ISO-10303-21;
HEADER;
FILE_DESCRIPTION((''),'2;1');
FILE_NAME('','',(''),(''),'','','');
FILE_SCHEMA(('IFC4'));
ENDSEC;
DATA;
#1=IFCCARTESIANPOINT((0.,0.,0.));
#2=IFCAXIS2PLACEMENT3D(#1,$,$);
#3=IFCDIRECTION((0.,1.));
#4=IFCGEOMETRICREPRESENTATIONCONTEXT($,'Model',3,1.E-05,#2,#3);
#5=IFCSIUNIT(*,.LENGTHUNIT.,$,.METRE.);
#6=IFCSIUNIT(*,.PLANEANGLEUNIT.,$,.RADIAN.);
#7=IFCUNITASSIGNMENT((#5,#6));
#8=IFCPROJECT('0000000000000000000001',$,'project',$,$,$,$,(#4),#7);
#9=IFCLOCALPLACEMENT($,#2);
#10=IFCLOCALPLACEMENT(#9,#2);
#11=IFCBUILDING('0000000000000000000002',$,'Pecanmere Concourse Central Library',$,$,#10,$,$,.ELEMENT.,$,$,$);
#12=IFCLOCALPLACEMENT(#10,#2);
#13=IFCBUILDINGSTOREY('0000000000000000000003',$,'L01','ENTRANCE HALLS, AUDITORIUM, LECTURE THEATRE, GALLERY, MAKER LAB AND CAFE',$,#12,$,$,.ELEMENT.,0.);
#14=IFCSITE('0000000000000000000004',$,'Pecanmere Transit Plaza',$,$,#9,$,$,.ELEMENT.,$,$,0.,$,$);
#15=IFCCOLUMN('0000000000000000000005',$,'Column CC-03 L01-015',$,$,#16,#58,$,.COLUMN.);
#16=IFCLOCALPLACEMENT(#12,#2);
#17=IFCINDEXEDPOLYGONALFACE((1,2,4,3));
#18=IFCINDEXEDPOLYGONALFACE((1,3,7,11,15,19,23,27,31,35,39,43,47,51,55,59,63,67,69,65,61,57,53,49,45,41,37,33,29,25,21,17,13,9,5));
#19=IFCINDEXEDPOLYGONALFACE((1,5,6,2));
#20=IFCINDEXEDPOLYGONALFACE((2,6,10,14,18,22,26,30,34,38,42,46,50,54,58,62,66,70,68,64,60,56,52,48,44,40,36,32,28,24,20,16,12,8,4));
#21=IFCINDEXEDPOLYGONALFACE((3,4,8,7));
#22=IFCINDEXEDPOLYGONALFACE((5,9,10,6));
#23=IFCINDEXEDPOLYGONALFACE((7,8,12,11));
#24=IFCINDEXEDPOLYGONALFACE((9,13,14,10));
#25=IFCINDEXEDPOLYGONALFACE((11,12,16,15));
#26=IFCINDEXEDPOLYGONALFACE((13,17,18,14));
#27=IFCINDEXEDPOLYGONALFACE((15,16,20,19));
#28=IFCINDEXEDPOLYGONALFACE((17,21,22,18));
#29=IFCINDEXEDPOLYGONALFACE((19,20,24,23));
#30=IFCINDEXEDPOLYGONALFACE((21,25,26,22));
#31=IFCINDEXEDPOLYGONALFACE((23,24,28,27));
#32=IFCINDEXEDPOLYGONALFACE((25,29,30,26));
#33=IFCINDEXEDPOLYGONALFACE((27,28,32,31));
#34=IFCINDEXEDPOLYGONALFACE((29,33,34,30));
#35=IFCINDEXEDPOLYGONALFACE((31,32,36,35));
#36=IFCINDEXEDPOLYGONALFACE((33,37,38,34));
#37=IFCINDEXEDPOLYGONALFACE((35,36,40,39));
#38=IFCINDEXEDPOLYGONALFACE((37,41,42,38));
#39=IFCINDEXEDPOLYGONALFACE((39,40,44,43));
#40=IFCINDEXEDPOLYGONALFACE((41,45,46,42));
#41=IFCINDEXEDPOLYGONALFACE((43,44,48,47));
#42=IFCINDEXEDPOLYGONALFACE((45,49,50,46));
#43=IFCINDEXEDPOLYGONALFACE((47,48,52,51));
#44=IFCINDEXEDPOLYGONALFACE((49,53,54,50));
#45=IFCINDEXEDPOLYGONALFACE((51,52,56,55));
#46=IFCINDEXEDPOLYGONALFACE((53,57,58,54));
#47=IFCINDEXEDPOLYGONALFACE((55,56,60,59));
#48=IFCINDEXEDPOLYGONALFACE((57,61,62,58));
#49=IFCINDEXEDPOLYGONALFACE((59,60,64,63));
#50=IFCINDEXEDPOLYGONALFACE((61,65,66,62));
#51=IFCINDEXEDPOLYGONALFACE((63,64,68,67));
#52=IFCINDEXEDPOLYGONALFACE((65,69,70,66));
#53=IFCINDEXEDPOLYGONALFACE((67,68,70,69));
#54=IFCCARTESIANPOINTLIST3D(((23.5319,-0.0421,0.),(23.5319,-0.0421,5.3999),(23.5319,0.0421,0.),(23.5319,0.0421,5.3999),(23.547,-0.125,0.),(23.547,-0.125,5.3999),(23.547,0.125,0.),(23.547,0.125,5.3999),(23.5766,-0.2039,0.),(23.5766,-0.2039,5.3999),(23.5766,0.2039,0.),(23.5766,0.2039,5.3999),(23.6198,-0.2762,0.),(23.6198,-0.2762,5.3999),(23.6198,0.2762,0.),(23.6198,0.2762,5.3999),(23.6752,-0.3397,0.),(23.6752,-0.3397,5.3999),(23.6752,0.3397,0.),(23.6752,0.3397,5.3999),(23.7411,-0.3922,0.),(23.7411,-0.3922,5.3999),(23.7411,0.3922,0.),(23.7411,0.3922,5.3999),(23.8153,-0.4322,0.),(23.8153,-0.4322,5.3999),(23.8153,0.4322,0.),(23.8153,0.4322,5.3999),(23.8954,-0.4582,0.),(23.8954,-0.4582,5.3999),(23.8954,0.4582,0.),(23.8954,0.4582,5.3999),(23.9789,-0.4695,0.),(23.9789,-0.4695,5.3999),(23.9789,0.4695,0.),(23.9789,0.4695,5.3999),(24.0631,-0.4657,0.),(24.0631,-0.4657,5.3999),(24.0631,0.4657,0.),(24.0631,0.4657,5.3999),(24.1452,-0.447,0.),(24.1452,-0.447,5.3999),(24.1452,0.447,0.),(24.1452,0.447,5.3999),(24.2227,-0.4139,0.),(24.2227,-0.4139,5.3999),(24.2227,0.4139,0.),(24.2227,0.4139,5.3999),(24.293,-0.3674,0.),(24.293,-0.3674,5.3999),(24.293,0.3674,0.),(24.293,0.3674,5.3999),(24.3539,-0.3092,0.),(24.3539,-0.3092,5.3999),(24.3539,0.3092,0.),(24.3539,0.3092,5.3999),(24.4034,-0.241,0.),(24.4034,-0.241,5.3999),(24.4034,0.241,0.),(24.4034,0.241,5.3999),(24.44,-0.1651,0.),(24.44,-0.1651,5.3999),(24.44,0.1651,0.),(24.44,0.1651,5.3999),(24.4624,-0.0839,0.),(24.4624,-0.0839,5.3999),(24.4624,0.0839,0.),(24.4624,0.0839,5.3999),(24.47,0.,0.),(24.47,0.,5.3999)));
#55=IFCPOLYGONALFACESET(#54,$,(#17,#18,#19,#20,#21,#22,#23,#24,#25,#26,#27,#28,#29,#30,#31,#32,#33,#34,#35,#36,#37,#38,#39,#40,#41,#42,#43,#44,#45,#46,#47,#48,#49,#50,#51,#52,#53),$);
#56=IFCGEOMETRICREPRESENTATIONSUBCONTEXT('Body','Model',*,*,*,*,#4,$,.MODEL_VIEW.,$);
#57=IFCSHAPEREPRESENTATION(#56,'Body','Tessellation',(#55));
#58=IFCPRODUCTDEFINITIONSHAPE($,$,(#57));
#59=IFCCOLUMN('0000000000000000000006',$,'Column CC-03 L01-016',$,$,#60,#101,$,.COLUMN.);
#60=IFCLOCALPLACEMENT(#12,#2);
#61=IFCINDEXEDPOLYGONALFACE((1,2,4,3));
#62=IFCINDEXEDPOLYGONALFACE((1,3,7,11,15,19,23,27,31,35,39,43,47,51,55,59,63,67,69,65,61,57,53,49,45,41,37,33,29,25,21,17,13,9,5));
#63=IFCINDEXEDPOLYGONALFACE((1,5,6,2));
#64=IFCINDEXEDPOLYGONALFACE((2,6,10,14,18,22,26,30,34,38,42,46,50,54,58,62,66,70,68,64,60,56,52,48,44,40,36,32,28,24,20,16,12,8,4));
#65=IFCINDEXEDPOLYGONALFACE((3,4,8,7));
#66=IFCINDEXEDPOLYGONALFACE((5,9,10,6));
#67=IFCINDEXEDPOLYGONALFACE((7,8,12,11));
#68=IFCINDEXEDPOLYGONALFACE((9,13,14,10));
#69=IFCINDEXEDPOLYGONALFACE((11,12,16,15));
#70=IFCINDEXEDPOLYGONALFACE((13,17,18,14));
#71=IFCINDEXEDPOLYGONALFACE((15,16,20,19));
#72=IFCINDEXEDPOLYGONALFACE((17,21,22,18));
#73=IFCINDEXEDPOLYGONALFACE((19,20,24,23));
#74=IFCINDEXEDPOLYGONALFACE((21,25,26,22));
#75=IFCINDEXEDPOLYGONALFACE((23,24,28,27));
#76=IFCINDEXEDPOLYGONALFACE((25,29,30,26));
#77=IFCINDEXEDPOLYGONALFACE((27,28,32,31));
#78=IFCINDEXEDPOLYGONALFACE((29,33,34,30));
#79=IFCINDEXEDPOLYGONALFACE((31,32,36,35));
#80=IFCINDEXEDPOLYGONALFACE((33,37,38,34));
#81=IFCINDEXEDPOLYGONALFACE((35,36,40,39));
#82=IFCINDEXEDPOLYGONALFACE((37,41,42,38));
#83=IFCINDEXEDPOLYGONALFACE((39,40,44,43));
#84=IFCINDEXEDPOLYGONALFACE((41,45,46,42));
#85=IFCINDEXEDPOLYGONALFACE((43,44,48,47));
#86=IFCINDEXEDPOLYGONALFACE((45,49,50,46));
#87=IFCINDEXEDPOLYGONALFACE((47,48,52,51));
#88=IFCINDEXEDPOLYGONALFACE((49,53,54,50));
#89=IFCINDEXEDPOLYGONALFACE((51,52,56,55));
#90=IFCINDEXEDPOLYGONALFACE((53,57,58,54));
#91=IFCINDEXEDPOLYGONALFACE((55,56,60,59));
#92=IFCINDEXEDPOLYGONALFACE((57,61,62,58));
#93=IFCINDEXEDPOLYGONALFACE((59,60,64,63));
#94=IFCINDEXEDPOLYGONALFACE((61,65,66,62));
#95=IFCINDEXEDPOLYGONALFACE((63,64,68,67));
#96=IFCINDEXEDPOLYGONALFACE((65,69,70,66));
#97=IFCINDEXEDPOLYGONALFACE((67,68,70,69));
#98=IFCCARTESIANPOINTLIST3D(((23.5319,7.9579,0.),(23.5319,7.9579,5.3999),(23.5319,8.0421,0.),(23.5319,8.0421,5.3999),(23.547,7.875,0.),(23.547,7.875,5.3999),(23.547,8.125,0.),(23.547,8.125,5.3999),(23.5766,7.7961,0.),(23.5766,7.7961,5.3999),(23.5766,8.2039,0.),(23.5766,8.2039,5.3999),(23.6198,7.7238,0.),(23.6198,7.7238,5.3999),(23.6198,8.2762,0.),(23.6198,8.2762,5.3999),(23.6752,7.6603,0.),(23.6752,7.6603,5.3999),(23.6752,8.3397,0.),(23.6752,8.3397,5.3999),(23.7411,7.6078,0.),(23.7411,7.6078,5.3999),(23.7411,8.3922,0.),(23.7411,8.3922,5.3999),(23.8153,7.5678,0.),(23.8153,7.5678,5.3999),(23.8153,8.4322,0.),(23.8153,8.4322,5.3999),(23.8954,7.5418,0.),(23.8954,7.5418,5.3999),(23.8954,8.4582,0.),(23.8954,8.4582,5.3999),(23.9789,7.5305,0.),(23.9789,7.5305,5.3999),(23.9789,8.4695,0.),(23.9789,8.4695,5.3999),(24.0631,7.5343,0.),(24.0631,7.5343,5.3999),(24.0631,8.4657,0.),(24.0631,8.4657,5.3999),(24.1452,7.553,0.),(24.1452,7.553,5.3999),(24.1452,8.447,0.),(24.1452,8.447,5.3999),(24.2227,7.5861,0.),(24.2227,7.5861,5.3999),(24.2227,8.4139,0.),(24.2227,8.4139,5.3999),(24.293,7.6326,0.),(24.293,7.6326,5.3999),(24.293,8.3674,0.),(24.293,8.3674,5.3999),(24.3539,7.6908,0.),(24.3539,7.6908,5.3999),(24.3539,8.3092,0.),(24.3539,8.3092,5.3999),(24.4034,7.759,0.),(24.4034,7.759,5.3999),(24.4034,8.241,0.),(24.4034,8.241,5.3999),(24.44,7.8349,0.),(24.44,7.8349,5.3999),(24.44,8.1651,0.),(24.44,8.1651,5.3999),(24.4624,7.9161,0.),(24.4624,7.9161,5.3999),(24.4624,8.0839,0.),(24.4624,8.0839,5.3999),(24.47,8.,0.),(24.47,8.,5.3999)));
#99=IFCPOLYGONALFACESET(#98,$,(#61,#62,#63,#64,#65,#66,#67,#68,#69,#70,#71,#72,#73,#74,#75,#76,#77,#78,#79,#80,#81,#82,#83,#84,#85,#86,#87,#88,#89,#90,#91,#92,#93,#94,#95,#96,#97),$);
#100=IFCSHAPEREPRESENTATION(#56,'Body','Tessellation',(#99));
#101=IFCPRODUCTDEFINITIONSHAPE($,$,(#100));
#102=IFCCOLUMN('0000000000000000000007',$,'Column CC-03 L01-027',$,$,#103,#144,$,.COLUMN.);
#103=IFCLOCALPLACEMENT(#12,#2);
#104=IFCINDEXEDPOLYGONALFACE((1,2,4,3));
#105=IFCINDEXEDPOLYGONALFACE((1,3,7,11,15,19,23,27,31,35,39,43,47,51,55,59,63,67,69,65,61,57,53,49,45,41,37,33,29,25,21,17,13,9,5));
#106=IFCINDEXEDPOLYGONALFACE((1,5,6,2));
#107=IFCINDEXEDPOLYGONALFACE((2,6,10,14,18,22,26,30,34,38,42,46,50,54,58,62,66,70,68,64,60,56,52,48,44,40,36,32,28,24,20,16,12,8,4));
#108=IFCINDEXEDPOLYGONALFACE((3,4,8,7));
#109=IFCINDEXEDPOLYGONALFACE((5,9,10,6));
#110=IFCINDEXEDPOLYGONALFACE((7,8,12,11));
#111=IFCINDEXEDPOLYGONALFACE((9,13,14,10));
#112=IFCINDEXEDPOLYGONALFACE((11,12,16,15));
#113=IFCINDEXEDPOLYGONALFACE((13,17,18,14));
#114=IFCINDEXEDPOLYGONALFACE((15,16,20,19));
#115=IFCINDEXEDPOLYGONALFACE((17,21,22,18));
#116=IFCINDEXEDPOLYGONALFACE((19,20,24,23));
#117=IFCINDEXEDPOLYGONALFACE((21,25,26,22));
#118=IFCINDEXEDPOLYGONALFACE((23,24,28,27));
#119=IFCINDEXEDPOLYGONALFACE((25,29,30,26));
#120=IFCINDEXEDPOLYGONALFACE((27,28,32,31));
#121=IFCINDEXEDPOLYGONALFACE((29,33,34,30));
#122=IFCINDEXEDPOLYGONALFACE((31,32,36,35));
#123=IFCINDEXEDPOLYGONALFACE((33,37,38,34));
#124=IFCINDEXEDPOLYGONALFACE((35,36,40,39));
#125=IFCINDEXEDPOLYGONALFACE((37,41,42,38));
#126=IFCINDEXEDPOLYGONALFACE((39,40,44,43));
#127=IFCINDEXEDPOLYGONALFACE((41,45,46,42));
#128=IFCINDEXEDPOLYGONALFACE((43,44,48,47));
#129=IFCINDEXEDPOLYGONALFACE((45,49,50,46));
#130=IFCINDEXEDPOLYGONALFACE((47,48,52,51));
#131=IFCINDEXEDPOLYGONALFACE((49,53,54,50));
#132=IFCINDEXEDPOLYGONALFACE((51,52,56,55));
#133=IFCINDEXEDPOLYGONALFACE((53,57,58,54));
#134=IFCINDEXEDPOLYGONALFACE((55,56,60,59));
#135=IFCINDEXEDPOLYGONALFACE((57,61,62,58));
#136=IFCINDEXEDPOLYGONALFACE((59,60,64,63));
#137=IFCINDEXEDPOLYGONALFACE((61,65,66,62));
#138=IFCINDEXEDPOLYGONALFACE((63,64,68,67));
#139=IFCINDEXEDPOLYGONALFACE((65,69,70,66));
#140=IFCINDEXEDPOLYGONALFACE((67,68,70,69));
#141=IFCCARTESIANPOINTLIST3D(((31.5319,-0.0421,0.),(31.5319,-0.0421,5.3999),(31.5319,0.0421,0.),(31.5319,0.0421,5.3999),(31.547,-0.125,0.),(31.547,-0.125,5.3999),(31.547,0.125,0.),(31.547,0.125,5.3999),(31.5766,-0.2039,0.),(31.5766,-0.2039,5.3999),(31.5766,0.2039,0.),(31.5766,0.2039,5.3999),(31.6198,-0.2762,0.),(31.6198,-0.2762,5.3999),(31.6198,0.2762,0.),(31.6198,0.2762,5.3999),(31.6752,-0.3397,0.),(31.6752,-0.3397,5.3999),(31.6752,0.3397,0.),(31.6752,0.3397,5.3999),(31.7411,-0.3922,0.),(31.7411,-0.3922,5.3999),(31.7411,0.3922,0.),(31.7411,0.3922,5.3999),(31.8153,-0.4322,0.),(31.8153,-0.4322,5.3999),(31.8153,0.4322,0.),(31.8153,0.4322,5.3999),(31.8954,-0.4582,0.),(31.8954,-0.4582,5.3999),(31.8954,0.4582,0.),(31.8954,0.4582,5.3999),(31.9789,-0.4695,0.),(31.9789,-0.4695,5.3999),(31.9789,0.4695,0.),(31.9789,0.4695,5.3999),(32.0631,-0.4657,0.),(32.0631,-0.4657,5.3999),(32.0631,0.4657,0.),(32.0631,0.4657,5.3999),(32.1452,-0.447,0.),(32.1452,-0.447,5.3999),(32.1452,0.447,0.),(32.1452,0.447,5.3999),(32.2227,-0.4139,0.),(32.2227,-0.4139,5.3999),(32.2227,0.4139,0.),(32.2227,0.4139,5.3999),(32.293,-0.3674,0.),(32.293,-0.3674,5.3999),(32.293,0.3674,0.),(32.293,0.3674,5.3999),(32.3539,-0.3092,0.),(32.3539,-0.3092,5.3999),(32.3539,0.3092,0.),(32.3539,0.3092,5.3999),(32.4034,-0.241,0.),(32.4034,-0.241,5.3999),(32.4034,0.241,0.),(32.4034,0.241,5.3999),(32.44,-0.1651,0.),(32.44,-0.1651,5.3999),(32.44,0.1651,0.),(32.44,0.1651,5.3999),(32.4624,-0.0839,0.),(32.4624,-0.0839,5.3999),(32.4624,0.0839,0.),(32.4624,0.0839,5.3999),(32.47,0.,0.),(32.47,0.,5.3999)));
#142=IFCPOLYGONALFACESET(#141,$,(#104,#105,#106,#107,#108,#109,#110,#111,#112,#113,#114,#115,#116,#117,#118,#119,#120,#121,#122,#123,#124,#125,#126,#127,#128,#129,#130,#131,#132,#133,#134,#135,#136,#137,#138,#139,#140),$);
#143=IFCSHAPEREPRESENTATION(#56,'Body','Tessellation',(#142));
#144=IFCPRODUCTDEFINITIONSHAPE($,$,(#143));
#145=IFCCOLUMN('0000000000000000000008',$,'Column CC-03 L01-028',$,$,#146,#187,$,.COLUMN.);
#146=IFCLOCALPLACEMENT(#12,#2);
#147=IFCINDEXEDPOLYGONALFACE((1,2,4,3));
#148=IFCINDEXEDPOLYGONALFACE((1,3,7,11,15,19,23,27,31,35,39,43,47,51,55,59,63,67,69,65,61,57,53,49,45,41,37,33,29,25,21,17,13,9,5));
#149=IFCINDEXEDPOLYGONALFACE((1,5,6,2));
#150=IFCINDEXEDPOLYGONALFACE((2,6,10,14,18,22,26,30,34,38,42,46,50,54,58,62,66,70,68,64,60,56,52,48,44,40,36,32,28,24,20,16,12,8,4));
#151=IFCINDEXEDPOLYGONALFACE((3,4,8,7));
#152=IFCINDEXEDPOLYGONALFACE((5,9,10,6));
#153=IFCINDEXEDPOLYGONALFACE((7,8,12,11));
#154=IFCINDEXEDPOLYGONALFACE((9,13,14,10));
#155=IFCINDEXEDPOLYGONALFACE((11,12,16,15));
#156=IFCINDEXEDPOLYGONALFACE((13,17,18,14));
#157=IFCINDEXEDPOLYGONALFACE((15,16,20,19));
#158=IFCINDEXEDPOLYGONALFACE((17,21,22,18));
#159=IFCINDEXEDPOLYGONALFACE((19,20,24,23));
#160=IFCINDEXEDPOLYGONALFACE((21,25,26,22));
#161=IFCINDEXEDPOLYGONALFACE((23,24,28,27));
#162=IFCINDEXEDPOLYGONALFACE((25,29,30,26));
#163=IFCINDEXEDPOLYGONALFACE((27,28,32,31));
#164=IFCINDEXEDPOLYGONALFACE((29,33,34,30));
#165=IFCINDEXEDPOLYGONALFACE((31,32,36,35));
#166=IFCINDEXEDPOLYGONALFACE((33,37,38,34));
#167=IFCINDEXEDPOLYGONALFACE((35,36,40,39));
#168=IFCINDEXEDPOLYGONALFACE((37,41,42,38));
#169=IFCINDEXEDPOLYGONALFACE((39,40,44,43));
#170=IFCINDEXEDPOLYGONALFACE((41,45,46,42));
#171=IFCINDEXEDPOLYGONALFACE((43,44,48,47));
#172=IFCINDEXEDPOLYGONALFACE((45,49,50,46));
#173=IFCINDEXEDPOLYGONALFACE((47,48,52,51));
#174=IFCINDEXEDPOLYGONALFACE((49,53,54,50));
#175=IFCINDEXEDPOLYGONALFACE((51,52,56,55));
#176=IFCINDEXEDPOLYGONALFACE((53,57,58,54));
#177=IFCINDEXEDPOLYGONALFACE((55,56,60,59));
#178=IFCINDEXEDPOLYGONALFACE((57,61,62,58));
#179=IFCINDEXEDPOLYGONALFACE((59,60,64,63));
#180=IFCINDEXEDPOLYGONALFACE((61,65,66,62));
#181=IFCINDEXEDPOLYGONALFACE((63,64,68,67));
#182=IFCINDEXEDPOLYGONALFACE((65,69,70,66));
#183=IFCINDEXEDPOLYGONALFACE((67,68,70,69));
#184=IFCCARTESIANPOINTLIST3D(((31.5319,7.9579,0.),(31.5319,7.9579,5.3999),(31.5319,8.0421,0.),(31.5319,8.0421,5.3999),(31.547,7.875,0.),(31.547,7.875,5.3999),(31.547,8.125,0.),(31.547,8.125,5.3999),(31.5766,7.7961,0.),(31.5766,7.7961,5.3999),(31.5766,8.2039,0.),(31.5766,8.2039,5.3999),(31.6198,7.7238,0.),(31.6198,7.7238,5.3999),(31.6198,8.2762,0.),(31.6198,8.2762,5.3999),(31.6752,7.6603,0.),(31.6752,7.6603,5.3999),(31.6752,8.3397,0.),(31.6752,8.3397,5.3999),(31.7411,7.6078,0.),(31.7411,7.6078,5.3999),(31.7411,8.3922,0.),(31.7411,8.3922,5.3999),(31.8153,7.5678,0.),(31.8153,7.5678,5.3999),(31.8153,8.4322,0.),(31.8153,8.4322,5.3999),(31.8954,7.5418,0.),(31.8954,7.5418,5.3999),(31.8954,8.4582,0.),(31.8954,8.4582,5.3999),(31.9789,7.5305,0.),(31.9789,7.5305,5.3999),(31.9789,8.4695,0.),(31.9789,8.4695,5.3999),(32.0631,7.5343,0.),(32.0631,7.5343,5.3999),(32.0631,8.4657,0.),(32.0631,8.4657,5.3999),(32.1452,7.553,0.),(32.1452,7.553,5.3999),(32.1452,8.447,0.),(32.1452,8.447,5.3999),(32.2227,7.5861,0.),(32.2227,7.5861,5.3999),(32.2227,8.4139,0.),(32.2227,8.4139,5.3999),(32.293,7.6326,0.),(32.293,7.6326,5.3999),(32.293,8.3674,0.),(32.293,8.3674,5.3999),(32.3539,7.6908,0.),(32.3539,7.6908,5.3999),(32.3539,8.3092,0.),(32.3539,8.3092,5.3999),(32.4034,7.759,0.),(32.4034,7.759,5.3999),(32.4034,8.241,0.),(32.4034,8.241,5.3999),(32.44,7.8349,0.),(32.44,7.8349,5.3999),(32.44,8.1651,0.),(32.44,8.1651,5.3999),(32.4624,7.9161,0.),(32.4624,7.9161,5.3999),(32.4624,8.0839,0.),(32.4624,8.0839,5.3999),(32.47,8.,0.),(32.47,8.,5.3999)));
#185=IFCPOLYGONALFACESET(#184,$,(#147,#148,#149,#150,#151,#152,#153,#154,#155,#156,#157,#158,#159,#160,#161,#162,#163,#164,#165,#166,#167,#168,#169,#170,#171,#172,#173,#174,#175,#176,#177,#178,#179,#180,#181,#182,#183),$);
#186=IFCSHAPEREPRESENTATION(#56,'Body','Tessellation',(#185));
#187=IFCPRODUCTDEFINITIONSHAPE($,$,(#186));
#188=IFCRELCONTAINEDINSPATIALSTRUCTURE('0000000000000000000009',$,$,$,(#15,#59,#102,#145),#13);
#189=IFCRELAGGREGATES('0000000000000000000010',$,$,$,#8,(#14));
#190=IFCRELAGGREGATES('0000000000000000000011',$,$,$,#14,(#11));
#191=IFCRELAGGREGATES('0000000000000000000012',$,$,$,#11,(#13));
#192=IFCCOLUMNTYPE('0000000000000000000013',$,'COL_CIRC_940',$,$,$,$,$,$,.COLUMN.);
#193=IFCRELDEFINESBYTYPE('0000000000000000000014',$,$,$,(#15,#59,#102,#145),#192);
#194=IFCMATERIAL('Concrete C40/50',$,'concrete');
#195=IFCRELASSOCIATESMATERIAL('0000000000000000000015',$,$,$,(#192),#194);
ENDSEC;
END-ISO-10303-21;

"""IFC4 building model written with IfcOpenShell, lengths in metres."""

from ifc_helpers import new_model, si_unit, direction, frame, origin, origin_2d, place, context, subcontext, project, spatial, circle, extrude, material, material_profile, profile_set, type_object, element, save


model = new_model("IFC4")

# Units and contexts
model_context = context("Model", 3, precision=1e-05, world=origin(), true_north=direction((0.0, 1.0)))
body_context = subcontext(model_context, "Body", "Model", "MODEL_VIEW")
ifc_project = project(units=[si_unit("LENGTHUNIT", "METRE"), si_unit("PLANEANGLEUNIT", "RADIAN")], contexts=[model_context])

# Site, building, storey
site_placement = place(None, origin())
site = spatial("IfcSite", under=ifc_project, at=site_placement, Name="Pecanmere Transit Plaza", CompositionType="ELEMENT", RefElevation=0.0)
building_placement = place(site_placement, origin())
building = spatial("IfcBuilding", under=site, at=building_placement, Name="Pecanmere Concourse Central Library", CompositionType="ELEMENT")
storey_placement = place(building_placement, origin())
storey = spatial("IfcBuildingStorey", under=building, at=storey_placement, Name="L01", Description="ENTRANCE HALLS, AUDITORIUM, LECTURE THEATRE, GALLERY, MAKER LAB AND CAFE", CompositionType="ELEMENT", Elevation=0.0)

# Columns
ifc_material_1 = material(Name="Concrete C40/50", Category="concrete")
ifc_material_profile = material_profile(ifc_material_1, circle(Radius=0.47, at=origin_2d()), Name="RC D940")
ifc_profile_set = profile_set([ifc_material_profile], Name="Concrete C40/50")
column_type = type_object("IfcColumnType", Name="COL_CIRC_940", PredefinedType="COLUMN", material=ifc_profile_set)
for number, where, z_axis, x_axis, name in (
    (1, (24.0, 0.0, 0.0), (0.0, 0.0, 1.0), (1.0, 0.0, 0.0), "Column CC-03 L01-015"),
    (2, (24.0, 8.0, 0.0), (0.0, 0.0, 1.0), (1.0, 0.0, 0.0), "Column CC-03 L01-016"),
    (3, (32.0, 0.0, 0.0), (0.0, 0.0, 1.0), (1.0, 0.0, 0.0), "Column CC-03 L01-027"),
    (4, (32.0, 8.0, 0.0), (0.0, 0.0, 1.0), (1.0, 0.0, 0.0), "Column CC-03 L01-028"),
):
    element("IfcColumn", number, at=place(storey_placement, frame(where, z_axis=z_axis, x_axis=x_axis)), inside=storey, type_object=column_type, Name=name, PredefinedType="COLUMN", context=body_context, shape_type="SweptSolid", body=[
        extrude(circle(Radius=0.47, at=origin_2d()), origin(), (0.0, 0.0, 1.0), 5.3999),
    ])

save(model, "model.ifc")
